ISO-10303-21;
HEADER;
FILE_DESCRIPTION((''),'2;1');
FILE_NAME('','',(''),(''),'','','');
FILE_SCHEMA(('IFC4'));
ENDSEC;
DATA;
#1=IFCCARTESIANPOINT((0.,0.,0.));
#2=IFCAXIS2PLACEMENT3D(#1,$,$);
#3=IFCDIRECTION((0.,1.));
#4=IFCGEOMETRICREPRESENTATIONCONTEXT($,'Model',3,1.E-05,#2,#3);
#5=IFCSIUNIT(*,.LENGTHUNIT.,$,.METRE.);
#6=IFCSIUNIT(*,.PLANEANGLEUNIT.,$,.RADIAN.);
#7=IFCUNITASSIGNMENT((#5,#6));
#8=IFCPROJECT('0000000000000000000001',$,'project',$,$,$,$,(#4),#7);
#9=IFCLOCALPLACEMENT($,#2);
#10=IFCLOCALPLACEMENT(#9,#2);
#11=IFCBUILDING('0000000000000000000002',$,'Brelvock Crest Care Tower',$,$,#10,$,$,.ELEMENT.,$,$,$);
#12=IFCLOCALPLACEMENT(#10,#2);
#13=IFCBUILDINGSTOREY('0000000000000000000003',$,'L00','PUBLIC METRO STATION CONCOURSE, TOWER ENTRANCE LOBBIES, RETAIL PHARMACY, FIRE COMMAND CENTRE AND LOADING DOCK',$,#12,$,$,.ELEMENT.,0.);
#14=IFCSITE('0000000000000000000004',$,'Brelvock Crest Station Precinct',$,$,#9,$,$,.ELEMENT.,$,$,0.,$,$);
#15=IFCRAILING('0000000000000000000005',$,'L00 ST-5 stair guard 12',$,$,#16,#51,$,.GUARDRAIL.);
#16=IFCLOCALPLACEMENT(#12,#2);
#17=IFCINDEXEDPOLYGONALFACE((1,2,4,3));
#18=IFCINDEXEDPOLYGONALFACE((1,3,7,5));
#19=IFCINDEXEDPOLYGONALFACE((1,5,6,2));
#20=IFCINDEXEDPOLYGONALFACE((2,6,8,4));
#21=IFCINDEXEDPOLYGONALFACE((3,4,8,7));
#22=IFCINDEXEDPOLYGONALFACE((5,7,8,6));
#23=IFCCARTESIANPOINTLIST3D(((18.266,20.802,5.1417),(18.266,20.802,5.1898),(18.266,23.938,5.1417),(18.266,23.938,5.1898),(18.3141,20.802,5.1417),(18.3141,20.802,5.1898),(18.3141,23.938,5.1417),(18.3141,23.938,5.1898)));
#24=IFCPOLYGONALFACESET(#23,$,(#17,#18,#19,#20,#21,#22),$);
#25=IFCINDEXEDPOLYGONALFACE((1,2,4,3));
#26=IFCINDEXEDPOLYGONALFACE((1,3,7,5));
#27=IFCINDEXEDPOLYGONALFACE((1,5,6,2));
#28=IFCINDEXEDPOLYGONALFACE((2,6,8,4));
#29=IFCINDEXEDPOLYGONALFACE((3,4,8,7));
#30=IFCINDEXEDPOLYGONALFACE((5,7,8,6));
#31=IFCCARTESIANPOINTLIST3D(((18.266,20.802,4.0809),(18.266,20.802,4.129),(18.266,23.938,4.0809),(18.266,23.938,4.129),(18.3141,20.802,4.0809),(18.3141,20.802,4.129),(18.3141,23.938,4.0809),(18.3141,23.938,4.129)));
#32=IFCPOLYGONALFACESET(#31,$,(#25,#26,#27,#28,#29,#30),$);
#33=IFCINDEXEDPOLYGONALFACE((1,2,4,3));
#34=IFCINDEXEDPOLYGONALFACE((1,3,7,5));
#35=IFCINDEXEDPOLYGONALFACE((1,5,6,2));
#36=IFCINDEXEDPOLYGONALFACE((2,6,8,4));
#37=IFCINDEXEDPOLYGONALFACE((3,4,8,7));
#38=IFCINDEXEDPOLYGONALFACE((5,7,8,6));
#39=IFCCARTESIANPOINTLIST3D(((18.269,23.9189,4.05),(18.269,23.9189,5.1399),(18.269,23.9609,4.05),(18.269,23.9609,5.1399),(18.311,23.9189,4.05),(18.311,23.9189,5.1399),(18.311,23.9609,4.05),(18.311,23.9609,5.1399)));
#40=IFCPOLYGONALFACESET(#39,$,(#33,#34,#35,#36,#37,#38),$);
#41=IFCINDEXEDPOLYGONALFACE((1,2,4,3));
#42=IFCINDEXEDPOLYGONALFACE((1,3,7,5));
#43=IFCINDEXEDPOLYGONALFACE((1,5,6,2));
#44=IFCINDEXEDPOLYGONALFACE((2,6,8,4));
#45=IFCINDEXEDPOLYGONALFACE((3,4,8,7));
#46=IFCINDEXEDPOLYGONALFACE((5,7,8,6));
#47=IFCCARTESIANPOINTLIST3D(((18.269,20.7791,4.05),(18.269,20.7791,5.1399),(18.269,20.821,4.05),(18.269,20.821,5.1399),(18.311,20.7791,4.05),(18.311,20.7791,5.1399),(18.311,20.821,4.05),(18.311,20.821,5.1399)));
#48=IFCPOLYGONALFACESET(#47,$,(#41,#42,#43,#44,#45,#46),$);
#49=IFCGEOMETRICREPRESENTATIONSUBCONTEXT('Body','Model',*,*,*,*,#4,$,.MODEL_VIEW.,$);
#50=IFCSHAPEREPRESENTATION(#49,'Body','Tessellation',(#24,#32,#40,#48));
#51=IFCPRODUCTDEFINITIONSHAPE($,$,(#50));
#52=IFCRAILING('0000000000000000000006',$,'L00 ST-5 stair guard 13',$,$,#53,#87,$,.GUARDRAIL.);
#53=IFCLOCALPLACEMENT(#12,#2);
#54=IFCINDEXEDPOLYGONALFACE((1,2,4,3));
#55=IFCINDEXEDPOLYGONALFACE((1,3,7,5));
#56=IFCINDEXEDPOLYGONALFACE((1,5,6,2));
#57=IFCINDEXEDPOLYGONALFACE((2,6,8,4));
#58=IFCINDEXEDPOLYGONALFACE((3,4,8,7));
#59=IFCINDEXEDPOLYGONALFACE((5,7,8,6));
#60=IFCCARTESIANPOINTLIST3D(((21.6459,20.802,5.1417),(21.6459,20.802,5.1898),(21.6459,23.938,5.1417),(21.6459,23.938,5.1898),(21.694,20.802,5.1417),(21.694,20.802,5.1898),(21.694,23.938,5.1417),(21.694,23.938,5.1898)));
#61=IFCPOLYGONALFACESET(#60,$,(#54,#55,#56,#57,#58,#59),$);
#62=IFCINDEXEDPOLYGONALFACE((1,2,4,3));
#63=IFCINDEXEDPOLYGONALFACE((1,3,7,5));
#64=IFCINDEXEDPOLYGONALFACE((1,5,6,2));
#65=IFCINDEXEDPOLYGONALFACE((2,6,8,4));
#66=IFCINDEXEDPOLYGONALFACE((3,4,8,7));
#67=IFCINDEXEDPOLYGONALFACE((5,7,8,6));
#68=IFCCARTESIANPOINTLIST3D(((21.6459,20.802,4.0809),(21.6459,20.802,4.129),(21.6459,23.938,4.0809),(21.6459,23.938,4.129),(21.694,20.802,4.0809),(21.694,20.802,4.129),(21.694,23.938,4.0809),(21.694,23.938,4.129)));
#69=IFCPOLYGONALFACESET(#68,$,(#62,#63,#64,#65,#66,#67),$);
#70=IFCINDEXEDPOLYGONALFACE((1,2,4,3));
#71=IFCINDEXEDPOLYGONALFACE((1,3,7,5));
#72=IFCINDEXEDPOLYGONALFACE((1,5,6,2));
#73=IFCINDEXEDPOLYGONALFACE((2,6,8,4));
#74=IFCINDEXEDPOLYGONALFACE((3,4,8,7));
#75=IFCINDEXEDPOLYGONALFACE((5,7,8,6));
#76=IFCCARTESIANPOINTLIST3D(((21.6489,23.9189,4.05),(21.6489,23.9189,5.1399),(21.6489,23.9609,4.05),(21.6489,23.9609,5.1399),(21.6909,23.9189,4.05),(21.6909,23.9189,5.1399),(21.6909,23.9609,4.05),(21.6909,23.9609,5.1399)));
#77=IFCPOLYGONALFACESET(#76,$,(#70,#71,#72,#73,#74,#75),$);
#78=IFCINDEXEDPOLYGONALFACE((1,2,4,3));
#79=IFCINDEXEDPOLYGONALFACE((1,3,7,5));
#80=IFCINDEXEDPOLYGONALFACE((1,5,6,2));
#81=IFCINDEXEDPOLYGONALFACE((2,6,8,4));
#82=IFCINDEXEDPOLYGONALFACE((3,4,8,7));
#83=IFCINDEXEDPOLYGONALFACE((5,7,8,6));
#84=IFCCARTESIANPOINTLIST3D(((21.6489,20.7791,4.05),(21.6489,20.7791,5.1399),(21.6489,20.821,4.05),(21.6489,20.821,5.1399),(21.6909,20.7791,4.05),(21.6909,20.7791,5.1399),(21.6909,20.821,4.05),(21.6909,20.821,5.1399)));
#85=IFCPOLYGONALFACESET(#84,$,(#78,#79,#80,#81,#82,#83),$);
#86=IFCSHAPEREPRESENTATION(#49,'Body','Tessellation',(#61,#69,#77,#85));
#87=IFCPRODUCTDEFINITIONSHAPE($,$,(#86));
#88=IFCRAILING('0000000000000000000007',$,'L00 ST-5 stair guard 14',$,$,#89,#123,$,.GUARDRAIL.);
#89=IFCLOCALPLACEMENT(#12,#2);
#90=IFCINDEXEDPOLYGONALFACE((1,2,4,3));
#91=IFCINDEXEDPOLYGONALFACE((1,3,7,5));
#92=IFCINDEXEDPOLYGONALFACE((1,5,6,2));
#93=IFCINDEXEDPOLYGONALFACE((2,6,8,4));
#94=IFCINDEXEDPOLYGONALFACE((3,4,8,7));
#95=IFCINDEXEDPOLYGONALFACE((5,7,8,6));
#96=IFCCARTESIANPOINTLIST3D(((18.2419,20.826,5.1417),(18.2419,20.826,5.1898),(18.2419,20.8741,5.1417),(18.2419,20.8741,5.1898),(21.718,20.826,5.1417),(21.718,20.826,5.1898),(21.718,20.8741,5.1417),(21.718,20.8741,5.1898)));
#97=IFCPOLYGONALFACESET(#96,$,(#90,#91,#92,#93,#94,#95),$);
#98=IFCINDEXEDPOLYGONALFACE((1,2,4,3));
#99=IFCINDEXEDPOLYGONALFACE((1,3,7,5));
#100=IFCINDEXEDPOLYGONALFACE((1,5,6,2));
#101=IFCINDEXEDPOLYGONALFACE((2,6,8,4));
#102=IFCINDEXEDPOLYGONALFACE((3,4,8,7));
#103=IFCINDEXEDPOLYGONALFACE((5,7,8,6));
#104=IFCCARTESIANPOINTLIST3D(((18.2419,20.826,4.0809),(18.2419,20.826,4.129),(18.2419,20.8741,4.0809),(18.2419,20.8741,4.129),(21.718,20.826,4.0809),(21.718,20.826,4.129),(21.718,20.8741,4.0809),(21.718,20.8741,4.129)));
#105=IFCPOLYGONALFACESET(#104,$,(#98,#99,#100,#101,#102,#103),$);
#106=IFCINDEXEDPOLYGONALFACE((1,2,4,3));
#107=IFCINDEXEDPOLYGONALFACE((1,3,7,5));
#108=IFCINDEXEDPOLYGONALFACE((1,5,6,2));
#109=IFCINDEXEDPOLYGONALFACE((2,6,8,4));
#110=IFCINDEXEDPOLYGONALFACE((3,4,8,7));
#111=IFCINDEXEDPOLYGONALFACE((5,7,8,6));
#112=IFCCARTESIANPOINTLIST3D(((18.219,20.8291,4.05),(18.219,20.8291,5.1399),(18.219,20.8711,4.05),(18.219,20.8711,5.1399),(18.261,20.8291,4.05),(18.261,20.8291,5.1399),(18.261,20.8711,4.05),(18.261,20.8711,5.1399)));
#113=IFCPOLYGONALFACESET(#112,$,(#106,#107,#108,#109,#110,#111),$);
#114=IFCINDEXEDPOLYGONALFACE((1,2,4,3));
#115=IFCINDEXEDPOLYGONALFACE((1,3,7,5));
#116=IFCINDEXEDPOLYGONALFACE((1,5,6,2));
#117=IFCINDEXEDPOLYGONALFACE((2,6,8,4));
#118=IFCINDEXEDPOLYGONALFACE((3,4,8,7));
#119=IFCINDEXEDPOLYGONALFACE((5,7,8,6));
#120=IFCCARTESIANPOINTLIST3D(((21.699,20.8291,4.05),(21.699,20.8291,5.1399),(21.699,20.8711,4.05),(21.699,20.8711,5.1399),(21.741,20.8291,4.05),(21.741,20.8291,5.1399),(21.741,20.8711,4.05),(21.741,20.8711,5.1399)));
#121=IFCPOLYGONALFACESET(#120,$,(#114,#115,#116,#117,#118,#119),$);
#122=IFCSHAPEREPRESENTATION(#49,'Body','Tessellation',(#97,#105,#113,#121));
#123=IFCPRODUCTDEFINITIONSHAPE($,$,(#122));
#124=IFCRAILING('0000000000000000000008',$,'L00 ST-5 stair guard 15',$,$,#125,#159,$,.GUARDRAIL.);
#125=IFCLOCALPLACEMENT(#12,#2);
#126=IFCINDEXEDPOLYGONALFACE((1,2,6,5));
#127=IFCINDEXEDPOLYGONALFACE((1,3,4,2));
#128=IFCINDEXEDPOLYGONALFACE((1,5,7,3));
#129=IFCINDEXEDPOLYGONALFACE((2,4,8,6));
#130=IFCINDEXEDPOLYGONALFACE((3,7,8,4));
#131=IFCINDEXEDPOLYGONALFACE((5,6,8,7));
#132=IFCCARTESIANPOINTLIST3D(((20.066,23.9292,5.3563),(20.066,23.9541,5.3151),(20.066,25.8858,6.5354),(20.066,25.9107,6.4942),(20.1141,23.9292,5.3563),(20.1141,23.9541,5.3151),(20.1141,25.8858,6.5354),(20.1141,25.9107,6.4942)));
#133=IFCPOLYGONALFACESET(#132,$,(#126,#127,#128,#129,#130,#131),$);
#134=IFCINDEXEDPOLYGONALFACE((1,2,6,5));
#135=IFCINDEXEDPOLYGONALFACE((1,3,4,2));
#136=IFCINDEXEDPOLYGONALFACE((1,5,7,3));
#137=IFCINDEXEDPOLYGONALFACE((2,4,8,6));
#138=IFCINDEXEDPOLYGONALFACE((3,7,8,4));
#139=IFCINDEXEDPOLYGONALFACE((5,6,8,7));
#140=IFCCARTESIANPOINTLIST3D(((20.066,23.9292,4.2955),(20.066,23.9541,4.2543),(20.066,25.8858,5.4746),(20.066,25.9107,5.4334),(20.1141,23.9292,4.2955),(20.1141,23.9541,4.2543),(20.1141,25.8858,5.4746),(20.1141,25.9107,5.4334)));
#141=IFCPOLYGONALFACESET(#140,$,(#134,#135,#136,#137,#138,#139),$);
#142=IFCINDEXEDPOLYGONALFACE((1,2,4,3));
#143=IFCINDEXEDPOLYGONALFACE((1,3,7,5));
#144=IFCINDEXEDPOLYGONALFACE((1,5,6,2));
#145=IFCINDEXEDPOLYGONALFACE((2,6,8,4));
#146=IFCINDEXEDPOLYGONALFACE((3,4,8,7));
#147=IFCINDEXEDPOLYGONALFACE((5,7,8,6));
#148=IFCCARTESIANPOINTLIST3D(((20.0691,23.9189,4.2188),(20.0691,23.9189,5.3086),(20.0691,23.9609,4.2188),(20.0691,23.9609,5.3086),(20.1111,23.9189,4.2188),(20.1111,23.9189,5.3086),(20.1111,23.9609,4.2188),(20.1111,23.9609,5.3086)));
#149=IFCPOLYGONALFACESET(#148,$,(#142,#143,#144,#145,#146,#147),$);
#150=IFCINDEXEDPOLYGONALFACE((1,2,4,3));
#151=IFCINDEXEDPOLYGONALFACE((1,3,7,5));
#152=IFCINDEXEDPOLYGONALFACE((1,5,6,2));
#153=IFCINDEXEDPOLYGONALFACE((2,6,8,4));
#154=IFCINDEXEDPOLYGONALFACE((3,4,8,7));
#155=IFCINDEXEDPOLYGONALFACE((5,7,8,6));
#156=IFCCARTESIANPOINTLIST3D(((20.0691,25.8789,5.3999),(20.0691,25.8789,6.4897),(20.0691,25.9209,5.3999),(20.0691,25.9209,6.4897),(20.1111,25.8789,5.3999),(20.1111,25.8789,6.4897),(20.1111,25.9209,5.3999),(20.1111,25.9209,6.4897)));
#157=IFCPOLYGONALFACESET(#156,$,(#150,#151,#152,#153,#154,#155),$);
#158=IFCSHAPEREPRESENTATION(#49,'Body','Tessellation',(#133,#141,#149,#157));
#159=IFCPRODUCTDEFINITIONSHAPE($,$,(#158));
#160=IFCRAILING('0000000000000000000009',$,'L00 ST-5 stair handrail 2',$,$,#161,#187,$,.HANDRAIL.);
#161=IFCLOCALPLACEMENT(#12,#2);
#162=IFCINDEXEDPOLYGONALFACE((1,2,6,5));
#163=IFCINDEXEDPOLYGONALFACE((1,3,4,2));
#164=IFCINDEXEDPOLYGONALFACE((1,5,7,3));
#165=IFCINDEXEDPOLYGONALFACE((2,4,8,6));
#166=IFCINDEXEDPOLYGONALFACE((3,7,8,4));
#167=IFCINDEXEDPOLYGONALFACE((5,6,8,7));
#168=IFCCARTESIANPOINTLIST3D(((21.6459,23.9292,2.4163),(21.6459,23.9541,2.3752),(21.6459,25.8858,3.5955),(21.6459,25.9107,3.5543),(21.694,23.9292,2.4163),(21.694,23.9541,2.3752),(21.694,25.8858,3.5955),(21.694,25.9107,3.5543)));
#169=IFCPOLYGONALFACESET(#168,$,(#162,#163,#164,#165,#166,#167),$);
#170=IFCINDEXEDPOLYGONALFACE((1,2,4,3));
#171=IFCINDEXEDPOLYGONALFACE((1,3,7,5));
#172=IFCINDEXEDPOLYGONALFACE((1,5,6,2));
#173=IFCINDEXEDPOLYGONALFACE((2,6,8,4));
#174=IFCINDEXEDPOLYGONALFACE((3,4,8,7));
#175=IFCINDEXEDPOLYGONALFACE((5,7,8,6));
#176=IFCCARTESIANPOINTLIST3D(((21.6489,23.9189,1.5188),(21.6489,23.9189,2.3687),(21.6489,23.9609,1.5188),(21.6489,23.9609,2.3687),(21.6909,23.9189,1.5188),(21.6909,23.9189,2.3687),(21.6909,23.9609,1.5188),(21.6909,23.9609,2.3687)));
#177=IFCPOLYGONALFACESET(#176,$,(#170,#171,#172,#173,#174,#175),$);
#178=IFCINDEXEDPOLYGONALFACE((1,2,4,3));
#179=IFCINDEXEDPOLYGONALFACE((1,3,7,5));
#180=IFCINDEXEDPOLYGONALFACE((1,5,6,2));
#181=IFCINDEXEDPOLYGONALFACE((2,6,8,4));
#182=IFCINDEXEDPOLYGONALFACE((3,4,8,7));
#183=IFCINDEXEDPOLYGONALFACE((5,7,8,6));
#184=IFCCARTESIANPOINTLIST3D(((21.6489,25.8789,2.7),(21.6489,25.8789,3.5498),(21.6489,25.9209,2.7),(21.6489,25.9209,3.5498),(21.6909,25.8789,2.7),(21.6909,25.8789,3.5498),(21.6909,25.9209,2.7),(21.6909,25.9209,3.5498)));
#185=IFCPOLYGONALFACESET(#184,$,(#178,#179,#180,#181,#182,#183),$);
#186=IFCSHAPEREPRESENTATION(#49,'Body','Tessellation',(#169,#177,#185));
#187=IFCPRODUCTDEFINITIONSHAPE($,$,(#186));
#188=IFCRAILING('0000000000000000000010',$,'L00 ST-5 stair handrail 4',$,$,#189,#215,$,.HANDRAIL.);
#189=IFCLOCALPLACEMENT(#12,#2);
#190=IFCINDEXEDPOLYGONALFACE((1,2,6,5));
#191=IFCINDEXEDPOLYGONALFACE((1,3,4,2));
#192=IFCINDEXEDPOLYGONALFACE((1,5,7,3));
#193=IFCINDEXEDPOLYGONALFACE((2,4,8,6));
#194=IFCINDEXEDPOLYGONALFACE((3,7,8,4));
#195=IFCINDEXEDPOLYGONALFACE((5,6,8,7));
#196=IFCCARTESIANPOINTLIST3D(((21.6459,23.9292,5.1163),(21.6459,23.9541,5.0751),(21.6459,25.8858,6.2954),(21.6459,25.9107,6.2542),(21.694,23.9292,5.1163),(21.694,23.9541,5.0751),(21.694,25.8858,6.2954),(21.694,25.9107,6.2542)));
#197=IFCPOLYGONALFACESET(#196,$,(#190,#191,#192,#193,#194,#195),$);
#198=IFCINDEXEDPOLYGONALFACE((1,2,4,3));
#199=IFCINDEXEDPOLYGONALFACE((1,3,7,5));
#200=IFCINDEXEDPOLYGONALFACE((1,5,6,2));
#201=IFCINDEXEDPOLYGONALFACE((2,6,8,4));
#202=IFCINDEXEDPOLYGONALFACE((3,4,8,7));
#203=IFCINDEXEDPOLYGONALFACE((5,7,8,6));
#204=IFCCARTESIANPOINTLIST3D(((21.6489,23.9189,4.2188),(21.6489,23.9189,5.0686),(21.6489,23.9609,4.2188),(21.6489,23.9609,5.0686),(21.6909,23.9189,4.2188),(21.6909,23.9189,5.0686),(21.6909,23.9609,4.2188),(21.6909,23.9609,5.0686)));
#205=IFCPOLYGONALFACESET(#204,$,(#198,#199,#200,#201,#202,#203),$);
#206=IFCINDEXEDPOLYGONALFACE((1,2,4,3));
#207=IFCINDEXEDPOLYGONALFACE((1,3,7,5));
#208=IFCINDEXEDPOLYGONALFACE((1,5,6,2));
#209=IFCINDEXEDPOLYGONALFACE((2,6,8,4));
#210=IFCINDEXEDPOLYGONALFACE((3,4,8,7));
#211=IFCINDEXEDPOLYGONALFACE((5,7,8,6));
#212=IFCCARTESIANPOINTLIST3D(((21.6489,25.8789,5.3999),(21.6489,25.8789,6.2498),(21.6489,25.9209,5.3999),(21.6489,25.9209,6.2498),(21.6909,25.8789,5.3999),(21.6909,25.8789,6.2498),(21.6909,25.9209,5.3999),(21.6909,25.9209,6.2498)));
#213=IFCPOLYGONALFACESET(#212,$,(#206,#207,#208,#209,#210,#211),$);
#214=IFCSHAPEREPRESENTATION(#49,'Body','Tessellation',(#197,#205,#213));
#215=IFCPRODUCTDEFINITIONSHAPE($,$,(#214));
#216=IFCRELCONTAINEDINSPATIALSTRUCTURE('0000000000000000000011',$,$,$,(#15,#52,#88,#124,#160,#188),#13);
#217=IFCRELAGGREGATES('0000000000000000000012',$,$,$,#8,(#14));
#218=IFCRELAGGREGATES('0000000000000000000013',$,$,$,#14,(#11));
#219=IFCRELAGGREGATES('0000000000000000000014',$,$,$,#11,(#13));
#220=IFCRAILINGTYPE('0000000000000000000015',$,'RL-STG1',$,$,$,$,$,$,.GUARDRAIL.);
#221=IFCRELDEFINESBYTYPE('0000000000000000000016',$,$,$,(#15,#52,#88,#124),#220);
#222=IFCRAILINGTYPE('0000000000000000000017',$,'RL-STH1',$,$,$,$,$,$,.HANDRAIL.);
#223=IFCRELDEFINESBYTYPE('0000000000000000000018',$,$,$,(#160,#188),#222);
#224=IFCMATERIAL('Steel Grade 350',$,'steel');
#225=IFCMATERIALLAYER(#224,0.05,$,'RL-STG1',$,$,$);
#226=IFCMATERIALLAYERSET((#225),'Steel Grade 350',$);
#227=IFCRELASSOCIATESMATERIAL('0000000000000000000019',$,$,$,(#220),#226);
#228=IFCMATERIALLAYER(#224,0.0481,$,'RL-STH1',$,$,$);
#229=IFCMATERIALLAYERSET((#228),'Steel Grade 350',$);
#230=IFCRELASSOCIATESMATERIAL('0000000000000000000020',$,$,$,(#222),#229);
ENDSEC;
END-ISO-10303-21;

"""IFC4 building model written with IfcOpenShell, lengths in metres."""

from ifc_helpers import new_model, si_unit, direction, frame, origin, origin_2d, place, context, subcontext, project, spatial, rectangle, extrude, material, layer, layer_set, type_object, element, save


model = new_model("IFC4")

# Units and contexts
model_context = context("Model", 3, precision=1e-05, world=origin(), true_north=direction((0.0, 1.0)))
body_context = subcontext(model_context, "Body", "Model", "MODEL_VIEW")
ifc_project = project(units=[si_unit("LENGTHUNIT", "METRE"), si_unit("PLANEANGLEUNIT", "RADIAN")], contexts=[model_context])

# Site, building, storey
site_placement = place(None, origin())
site = spatial("IfcSite", under=ifc_project, at=site_placement, Name="Brelvock Crest Station Precinct", CompositionType="ELEMENT", RefElevation=0.0)
building_placement = place(site_placement, origin())
building = spatial("IfcBuilding", under=site, at=building_placement, Name="Brelvock Crest Care Tower", CompositionType="ELEMENT")
storey_placement = place(building_placement, origin())
storey = spatial("IfcBuildingStorey", under=building, at=storey_placement, Name="L00", Description="PUBLIC METRO STATION CONCOURSE, TOWER ENTRANCE LOBBIES, RETAIL PHARMACY, FIRE COMMAND CENTRE AND LOADING DOCK", CompositionType="ELEMENT", Elevation=0.0)

# Shared definitions
ifc_material_1 = material(Name="Steel Grade 350", Category="steel")

# Railings
ifc_layer_1 = layer(ifc_material_1, 0.05, Name="RL-STG1")
ifc_layer_set_1 = layer_set([ifc_layer_1], Name="Steel Grade 350")
railing_type_1 = type_object("IfcRailingType", Name="RL-STG1", PredefinedType="GUARDRAIL", material=ifc_layer_set_1)
for number, where, name in (
    (1, (18.29, 23.9399, 4.05), "L00 ST-5 stair guard 12"),
    (2, (21.6699, 23.9399, 4.05), "L00 ST-5 stair guard 13"),
):
    element("IfcRailing", number, at=place(storey_placement, frame(where)), inside=storey, type_object=railing_type_1, Name=name, PredefinedType="GUARDRAIL", context=body_context, shape_type="SweptSolid", body=[
        extrude(rectangle(XDim=0.0481, YDim=0.0481, at=origin_2d()), frame((0.0, -0.002, 1.1157), z_axis=(0.0, -1.0, 0.0), x_axis=(1.0, 0.0, 0.0)), (0.0, 0.0, 1.0), 3.136),
        extrude(rectangle(XDim=0.0481, YDim=0.0481, at=origin_2d()), frame((0.0, -0.002, 0.0549), z_axis=(0.0, -1.0, 0.0), x_axis=(1.0, 0.0, 0.0)), (0.0, 0.0, 1.0), 3.136),
        extrude(rectangle(XDim=0.042, YDim=0.042, at=origin_2d()), origin(), (0.0, 0.0, 1.0), 1.0898),
        extrude(rectangle(XDim=0.042, YDim=0.042, at=origin_2d()), frame((0.0, -3.1399, 0.0)), (0.0, 0.0, 1.0), 1.0898),
    ])
railing_1_placement = place(storey_placement, frame((18.24, 20.8501, 4.05)))
element("IfcRailing", 3, at=railing_1_placement, inside=storey, type_object=railing_type_1, Name="L00 ST-5 stair guard 14", PredefinedType="GUARDRAIL", context=body_context, shape_type="SweptSolid", body=[
    extrude(rectangle(XDim=0.0481, YDim=0.0481, at=origin_2d()), frame((0.002, 0.0, 1.1157), z_axis=(1.0, 0.0, 0.0), x_axis=(0.0, 1.0, 0.0)), (0.0, 0.0, 1.0), 3.4761),
    extrude(rectangle(XDim=0.0481, YDim=0.0481, at=origin_2d()), frame((0.002, 0.0, 0.0549), z_axis=(1.0, 0.0, 0.0), x_axis=(0.0, 1.0, 0.0)), (0.0, 0.0, 1.0), 3.4761),
    extrude(rectangle(XDim=0.042, YDim=0.042, at=origin_2d()), origin(), (0.0, 0.0, 1.0), 1.0898),
    extrude(rectangle(XDim=0.042, YDim=0.042, at=origin_2d()), frame((3.48, 0.0, 0.0)), (0.0, 0.0, 1.0), 1.0898),
])
railing_2_placement = place(storey_placement, frame((20.0901, 23.9399, 4.2188)))
element("IfcRailing", 4, at=railing_2_placement, inside=storey, type_object=railing_type_1, Name="L00 ST-5 stair guard 15", PredefinedType="GUARDRAIL", context=body_context, shape_type="SweptSolid", body=[
    extrude(rectangle(XDim=0.0481, YDim=0.0481, at=origin_2d()), frame((0.0, 0.0017, 1.1169), z_axis=(0.0, 0.856493, 0.516158), x_axis=(-1.0, 0.0, 0.0)), (0.0, 0.0, 1.0), 2.2844),
    extrude(rectangle(XDim=0.0481, YDim=0.0481, at=origin_2d()), frame((0.0, 0.0017, 0.0562), z_axis=(0.0, 0.856493, 0.516158), x_axis=(-1.0, 0.0, 0.0)), (0.0, 0.0, 1.0), 2.2844),
    extrude(rectangle(XDim=0.042, YDim=0.042, at=origin_2d()), origin(), (0.0, 0.0, 1.0), 1.0898),
    extrude(rectangle(XDim=0.042, YDim=0.042, at=origin_2d()), frame((0.0, 1.96, 1.1812)), (0.0, 0.0, 1.0), 1.0898),
])
ifc_layer_2 = layer(ifc_material_1, 0.0481, Name="RL-STH1")
ifc_layer_set_2 = layer_set([ifc_layer_2], Name="Steel Grade 350")
railing_type_2 = type_object("IfcRailingType", Name="RL-STH1", PredefinedType="HANDRAIL", material=ifc_layer_set_2)
for number, where, name in (
    (5, (21.6699, 23.9399, 1.5188), "L00 ST-5 stair handrail 2"),
    (6, (21.6699, 23.9399, 4.2188), "L00 ST-5 stair handrail 4"),
):
    element("IfcRailing", number, at=place(storey_placement, frame(where)), inside=storey, type_object=railing_type_2, Name=name, PredefinedType="HANDRAIL", context=body_context, shape_type="SweptSolid", body=[
        extrude(rectangle(XDim=0.0481, YDim=0.0481, at=origin_2d()), frame((0.0, 0.0017, 0.877), z_axis=(0.0, 0.856493, 0.516158), x_axis=(-1.0, 0.0, 0.0)), (0.0, 0.0, 1.0), 2.2844),
        extrude(rectangle(XDim=0.042, YDim=0.042, at=origin_2d()), origin(), (0.0, 0.0, 1.0), 0.8499),
        extrude(rectangle(XDim=0.042, YDim=0.042, at=origin_2d()), frame((0.0, 1.96, 1.1812)), (0.0, 0.0, 1.0), 0.8499),
    ])

save(model, "model.ifc")
